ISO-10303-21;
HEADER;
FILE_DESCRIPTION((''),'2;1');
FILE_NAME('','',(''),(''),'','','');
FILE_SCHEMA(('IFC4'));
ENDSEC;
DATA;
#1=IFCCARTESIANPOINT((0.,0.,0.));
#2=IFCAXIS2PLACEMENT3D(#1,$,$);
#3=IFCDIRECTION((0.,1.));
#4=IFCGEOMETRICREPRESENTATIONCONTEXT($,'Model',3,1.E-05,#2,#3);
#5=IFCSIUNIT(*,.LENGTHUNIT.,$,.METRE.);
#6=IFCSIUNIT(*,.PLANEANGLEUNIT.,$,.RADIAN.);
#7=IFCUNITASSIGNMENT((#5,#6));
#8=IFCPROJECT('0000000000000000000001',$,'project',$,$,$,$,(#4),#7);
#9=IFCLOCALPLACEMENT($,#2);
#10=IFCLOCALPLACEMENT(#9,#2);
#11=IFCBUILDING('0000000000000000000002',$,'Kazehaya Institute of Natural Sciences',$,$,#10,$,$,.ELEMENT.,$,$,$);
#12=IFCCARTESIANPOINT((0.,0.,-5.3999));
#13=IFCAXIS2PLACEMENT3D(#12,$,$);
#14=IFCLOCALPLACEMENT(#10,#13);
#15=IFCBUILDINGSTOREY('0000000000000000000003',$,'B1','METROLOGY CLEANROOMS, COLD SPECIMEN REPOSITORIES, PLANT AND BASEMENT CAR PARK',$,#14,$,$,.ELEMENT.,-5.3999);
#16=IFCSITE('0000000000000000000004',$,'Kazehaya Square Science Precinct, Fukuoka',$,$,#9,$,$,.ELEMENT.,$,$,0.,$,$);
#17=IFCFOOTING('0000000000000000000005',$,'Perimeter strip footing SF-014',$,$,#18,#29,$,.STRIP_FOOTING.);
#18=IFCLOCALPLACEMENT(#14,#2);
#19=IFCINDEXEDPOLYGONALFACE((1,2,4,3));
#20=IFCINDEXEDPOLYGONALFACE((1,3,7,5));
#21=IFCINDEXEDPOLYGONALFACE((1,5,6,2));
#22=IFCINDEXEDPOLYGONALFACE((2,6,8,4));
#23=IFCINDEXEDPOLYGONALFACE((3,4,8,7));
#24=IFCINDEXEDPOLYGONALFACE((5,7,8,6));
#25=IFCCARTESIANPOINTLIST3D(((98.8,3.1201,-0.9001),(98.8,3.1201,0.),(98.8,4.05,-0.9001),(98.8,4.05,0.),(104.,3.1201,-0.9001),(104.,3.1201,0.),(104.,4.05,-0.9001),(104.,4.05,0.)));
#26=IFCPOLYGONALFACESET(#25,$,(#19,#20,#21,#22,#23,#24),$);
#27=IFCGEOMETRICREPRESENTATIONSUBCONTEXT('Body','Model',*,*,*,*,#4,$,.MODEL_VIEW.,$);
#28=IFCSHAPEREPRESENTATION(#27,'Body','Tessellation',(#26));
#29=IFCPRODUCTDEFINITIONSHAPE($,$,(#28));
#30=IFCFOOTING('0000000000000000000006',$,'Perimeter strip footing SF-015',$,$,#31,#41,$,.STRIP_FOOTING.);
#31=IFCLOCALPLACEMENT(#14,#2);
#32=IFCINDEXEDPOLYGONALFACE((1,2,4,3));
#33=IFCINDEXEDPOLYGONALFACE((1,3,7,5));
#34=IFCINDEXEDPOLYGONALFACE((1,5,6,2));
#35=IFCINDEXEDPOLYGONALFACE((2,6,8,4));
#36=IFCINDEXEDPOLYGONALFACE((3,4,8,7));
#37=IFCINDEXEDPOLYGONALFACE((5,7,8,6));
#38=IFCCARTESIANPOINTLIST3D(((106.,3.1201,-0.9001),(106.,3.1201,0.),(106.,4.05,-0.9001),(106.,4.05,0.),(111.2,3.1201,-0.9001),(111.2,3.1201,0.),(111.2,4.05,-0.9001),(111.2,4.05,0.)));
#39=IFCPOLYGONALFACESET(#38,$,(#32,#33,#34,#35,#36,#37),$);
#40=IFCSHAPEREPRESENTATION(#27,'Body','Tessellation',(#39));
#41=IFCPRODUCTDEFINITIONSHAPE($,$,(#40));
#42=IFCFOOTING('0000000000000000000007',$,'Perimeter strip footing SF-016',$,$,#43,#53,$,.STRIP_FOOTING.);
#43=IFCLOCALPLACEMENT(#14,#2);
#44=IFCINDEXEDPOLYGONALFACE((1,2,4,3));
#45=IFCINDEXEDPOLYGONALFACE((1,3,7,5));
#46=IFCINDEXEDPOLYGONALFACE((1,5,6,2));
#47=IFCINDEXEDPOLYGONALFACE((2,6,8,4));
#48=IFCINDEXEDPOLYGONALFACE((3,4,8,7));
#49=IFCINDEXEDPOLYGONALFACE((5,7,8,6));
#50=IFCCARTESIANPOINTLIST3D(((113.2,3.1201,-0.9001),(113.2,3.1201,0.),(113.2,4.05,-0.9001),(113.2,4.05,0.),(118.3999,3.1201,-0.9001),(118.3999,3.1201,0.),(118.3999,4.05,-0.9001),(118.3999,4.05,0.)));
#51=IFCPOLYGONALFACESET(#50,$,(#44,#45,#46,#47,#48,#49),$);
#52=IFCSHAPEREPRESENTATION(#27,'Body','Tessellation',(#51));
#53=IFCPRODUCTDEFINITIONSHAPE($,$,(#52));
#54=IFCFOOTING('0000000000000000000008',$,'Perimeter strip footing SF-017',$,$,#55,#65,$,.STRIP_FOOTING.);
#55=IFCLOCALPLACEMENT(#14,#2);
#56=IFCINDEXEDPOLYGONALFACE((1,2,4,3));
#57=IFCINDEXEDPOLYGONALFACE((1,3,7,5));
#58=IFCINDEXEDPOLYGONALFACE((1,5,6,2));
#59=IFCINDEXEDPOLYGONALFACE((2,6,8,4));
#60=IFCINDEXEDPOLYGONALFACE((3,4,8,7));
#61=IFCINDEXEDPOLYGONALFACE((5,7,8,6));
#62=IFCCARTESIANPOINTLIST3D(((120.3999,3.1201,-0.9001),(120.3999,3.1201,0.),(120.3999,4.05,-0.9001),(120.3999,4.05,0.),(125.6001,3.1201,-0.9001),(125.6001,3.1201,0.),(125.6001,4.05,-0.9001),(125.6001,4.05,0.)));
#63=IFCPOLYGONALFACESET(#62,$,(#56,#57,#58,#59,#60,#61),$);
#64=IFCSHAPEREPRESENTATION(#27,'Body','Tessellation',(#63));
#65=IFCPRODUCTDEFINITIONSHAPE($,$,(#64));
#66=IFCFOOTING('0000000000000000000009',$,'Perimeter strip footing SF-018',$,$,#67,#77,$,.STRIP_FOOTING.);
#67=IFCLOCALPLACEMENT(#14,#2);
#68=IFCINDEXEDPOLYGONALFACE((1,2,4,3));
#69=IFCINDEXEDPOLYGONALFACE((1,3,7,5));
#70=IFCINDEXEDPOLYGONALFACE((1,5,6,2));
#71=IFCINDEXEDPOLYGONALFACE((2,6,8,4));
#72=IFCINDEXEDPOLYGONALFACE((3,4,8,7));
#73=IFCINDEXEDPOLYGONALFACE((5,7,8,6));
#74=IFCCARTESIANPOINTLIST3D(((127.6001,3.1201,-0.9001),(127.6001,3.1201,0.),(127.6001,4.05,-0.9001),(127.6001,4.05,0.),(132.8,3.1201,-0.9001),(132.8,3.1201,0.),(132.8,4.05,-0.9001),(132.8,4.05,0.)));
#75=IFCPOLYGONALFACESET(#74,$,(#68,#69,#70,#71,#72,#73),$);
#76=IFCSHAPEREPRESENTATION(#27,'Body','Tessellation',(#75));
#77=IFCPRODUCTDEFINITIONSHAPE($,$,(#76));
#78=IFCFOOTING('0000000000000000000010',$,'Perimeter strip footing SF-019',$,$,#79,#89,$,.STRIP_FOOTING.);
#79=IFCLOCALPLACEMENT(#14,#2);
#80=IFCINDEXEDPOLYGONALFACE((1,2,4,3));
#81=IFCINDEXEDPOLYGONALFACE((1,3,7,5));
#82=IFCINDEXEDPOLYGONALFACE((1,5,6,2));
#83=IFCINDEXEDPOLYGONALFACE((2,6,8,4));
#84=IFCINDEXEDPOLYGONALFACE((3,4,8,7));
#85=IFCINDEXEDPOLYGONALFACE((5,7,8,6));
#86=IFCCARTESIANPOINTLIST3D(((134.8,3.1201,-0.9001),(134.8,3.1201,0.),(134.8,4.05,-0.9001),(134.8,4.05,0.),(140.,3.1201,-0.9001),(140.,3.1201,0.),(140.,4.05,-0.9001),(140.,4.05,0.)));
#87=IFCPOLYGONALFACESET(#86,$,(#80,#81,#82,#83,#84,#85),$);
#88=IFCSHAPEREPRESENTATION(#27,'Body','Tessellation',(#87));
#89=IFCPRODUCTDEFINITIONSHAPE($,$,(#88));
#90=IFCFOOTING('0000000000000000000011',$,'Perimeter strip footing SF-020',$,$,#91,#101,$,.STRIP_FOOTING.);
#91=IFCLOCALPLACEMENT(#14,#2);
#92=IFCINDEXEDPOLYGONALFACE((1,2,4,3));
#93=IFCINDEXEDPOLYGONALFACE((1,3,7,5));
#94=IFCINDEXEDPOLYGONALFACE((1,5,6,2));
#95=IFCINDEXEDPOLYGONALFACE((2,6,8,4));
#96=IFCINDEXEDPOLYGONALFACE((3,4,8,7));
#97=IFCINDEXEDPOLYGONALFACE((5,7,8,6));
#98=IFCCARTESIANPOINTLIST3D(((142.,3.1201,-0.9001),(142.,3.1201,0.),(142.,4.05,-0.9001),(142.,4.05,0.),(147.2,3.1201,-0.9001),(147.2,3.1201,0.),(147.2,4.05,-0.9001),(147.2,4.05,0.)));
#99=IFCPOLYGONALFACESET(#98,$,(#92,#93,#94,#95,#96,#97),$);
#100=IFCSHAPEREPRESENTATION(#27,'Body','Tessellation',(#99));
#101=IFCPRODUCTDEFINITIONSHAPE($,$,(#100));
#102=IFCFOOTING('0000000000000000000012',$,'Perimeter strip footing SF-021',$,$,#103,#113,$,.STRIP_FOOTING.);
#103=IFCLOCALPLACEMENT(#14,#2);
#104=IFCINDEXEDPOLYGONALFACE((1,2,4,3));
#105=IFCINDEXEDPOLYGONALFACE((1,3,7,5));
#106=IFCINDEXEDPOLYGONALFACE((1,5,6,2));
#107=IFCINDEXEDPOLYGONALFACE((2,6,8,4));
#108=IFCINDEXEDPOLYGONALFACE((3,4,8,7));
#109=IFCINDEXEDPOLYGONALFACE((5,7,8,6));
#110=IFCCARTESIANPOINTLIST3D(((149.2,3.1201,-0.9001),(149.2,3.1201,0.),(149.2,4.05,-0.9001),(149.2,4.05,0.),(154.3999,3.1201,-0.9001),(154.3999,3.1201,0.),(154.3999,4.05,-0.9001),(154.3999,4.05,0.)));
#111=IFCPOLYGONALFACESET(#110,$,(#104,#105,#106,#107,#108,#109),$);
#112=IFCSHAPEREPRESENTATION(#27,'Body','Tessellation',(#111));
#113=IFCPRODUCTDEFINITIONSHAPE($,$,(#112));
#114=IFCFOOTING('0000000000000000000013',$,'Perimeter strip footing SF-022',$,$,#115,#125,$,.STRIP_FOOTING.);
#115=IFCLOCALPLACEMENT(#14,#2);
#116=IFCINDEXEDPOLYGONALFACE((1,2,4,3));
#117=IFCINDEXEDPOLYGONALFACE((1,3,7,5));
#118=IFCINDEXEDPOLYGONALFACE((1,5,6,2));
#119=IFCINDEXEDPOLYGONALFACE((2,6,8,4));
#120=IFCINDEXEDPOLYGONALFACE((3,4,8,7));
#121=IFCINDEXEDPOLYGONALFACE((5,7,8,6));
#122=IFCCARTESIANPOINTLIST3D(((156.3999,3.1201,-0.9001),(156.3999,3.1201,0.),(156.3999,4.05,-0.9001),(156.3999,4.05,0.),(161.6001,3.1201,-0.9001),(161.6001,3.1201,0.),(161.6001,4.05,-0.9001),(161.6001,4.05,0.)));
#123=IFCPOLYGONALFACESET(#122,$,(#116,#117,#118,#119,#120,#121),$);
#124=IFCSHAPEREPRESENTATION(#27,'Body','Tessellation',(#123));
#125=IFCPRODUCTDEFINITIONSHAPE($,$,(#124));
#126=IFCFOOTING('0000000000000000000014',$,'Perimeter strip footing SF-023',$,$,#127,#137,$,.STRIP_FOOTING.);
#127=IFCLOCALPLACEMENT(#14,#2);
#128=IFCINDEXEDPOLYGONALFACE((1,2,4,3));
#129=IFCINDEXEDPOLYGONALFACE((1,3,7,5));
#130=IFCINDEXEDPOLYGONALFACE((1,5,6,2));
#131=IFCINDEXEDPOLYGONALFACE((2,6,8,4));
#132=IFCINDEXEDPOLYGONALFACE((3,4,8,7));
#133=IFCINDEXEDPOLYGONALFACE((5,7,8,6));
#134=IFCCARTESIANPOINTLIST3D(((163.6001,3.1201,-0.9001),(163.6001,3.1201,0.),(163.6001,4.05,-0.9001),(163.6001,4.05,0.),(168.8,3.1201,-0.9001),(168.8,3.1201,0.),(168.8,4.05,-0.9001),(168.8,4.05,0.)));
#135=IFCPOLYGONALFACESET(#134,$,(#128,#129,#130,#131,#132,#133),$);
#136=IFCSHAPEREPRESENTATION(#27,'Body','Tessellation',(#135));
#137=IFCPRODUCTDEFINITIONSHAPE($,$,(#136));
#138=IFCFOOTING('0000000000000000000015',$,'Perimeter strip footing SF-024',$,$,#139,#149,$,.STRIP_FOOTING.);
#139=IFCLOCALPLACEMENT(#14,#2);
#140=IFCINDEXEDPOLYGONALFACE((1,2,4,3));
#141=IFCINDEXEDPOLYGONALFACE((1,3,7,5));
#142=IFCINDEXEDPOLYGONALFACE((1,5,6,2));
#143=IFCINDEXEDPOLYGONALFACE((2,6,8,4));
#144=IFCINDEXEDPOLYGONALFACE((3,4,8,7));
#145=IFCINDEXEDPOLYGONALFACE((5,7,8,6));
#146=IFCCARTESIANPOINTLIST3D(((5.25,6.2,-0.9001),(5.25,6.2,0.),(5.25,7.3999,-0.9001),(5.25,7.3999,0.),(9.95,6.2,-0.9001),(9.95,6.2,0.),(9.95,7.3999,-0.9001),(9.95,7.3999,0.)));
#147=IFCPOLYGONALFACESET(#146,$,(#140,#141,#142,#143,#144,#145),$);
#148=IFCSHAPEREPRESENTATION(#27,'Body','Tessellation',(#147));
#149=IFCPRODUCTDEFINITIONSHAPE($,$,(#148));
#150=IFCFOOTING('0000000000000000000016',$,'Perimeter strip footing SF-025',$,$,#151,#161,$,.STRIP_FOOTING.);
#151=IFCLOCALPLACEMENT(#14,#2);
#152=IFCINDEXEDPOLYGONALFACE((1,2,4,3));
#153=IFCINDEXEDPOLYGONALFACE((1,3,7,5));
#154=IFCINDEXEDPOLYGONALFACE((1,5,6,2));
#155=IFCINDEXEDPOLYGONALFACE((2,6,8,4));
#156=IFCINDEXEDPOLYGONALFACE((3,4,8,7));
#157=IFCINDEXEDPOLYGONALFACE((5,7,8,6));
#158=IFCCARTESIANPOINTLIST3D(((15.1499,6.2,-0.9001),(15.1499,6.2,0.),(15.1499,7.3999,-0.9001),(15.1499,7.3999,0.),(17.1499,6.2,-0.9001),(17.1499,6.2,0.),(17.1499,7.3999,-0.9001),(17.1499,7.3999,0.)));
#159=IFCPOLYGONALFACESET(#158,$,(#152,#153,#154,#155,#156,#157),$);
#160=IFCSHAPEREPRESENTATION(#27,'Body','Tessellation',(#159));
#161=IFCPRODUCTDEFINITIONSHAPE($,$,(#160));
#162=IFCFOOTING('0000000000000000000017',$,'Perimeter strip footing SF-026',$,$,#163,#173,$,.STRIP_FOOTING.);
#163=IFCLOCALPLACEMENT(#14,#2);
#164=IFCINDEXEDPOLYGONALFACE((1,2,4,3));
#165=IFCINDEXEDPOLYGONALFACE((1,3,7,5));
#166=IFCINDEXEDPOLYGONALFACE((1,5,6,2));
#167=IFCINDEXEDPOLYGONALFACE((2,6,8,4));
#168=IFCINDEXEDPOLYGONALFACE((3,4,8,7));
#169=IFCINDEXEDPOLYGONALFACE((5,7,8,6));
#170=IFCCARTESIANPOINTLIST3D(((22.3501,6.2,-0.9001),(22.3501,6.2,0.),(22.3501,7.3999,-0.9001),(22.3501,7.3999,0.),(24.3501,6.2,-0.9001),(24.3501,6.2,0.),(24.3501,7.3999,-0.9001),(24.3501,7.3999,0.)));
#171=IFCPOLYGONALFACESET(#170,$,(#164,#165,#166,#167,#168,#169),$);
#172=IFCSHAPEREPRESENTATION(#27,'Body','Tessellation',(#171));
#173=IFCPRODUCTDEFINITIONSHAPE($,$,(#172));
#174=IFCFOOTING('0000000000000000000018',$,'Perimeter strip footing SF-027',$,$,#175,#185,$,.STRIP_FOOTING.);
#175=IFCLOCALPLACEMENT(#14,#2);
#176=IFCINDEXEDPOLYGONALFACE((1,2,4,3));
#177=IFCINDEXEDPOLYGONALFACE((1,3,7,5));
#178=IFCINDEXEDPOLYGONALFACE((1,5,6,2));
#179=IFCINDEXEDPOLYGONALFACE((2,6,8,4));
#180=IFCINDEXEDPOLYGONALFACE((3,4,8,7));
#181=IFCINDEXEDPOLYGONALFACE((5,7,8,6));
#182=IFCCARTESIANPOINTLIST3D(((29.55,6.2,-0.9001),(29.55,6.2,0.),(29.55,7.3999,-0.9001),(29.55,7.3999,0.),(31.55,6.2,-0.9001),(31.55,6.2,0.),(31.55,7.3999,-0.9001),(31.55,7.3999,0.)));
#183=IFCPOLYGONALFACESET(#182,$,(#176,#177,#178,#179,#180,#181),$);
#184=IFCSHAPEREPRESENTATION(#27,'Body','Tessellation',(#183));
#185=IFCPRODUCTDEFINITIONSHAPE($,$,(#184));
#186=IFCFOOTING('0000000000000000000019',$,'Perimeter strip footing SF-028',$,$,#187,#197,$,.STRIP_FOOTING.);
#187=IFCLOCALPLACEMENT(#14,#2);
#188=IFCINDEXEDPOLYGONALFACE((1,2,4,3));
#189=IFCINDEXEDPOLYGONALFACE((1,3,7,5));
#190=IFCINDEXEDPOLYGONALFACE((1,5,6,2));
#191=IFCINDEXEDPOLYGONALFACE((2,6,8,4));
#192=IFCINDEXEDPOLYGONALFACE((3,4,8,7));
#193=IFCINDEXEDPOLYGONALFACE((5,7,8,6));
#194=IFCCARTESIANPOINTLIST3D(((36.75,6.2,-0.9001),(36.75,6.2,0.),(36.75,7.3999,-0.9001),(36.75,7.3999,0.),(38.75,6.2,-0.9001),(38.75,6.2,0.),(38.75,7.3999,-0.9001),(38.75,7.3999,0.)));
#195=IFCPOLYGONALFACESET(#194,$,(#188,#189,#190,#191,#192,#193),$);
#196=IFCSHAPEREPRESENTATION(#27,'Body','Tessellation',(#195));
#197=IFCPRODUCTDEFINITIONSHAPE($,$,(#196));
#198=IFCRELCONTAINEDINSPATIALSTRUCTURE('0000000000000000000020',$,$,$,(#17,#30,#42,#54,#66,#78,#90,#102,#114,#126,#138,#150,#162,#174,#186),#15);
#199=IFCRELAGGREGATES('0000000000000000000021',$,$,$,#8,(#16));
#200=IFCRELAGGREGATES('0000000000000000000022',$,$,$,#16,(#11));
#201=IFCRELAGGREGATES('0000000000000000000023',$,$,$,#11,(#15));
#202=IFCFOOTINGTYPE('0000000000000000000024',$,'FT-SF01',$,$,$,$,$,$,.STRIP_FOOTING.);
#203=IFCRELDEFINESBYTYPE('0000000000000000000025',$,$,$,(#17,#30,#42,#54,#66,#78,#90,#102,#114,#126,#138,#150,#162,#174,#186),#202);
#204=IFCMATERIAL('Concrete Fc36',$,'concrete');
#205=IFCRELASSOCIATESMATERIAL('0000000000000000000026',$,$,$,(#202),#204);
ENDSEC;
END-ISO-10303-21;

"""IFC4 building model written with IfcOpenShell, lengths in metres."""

from ifc_helpers import new_model, si_unit, direction, frame, origin, place, context, subcontext, project, spatial, polyline, outline, extrude, material, type_object, element, save


model = new_model("IFC4")

# Units and contexts
model_context = context("Model", 3, precision=1e-05, world=origin(), true_north=direction((0.0, 1.0)))
body_context = subcontext(model_context, "Body", "Model", "MODEL_VIEW")
ifc_project = project(units=[si_unit("LENGTHUNIT", "METRE"), si_unit("PLANEANGLEUNIT", "RADIAN")], contexts=[model_context])

# Site, building, storey
site_placement = place(None, origin())
site = spatial("IfcSite", under=ifc_project, at=site_placement, Name="Kazehaya Square Science Precinct, Fukuoka", CompositionType="ELEMENT", RefElevation=0.0)
building_placement = place(site_placement, origin())
building = spatial("IfcBuilding", under=site, at=building_placement, Name="Kazehaya Institute of Natural Sciences", CompositionType="ELEMENT")
storey_placement = place(building_placement, frame((0.0, 0.0, -5.3999)))
storey = spatial("IfcBuildingStorey", under=building, at=storey_placement, Name="B1", Description="METROLOGY CLEANROOMS, COLD SPECIMEN REPOSITORIES, PLANT AND BASEMENT CAR PARK", CompositionType="ELEMENT", Elevation=-5.3999)

# Footings
ifc_material = material(Name="Concrete Fc36", Category="concrete")
footing_type = type_object("IfcFootingType", Name="FT-SF01", PredefinedType="STRIP_FOOTING", material=ifc_material)
footing_1_placement = place(storey_placement, frame((0.0, 0.0, -0.9001)))
element("IfcFooting", 1, at=footing_1_placement, inside=storey, type_object=footing_type, Name="Perimeter strip footing SF-014", PredefinedType="STRIP_FOOTING", context=body_context, shape_type="SweptSolid", body=[
    extrude(outline(polyline([(98.8, 3.1201), (104.0, 3.1201), (104.0, 4.05), (98.8, 4.05), (98.8, 3.1201)])), origin(), (0.0, 0.0, 1.0), 0.9001),
])
footing_2_placement = place(storey_placement, frame((0.0, 0.0, -0.9001)))
element("IfcFooting", 2, at=footing_2_placement, inside=storey, type_object=footing_type, Name="Perimeter strip footing SF-015", PredefinedType="STRIP_FOOTING", context=body_context, shape_type="SweptSolid", body=[
    extrude(outline(polyline([(106.0, 3.1201), (111.2, 3.1201), (111.2, 4.05), (106.0, 4.05), (106.0, 3.1201)])), origin(), (0.0, 0.0, 1.0), 0.9001),
])
footing_3_placement = place(storey_placement, frame((0.0, 0.0, -0.9001)))
element("IfcFooting", 3, at=footing_3_placement, inside=storey, type_object=footing_type, Name="Perimeter strip footing SF-016", PredefinedType="STRIP_FOOTING", context=body_context, shape_type="SweptSolid", body=[
    extrude(outline(polyline([(113.2, 3.1201), (118.3999, 3.1201), (118.3999, 4.05), (113.2, 4.05), (113.2, 3.1201)])), origin(), (0.0, 0.0, 1.0), 0.9001),
])
footing_4_placement = place(storey_placement, frame((0.0, 0.0, -0.9001)))
element("IfcFooting", 4, at=footing_4_placement, inside=storey, type_object=footing_type, Name="Perimeter strip footing SF-017", PredefinedType="STRIP_FOOTING", context=body_context, shape_type="SweptSolid", body=[
    extrude(outline(polyline([(120.3999, 3.1201), (125.6001, 3.1201), (125.6001, 4.05), (120.3999, 4.05), (120.3999, 3.1201)])), origin(), (0.0, 0.0, 1.0), 0.9001),
])
footing_5_placement = place(storey_placement, frame((0.0, 0.0, -0.9001)))
element("IfcFooting", 5, at=footing_5_placement, inside=storey, type_object=footing_type, Name="Perimeter strip footing SF-018", PredefinedType="STRIP_FOOTING", context=body_context, shape_type="SweptSolid", body=[
    extrude(outline(polyline([(127.6001, 3.1201), (132.8, 3.1201), (132.8, 4.05), (127.6001, 4.05), (127.6001, 3.1201)])), origin(), (0.0, 0.0, 1.0), 0.9001),
])
footing_6_placement = place(storey_placement, frame((0.0, 0.0, -0.9001)))
element("IfcFooting", 6, at=footing_6_placement, inside=storey, type_object=footing_type, Name="Perimeter strip footing SF-019", PredefinedType="STRIP_FOOTING", context=body_context, shape_type="SweptSolid", body=[
    extrude(outline(polyline([(134.8, 3.1201), (140.0, 3.1201), (140.0, 4.05), (134.8, 4.05), (134.8, 3.1201)])), origin(), (0.0, 0.0, 1.0), 0.9001),
])
footing_7_placement = place(storey_placement, frame((0.0, 0.0, -0.9001)))
element("IfcFooting", 7, at=footing_7_placement, inside=storey, type_object=footing_type, Name="Perimeter strip footing SF-020", PredefinedType="STRIP_FOOTING", context=body_context, shape_type="SweptSolid", body=[
    extrude(outline(polyline([(142.0, 3.1201), (147.2, 3.1201), (147.2, 4.05), (142.0, 4.05), (142.0, 3.1201)])), origin(), (0.0, 0.0, 1.0), 0.9001),
])
footing_8_placement = place(storey_placement, frame((0.0, 0.0, -0.9001)))
element("IfcFooting", 8, at=footing_8_placement, inside=storey, type_object=footing_type, Name="Perimeter strip footing SF-021", PredefinedType="STRIP_FOOTING", context=body_context, shape_type="SweptSolid", body=[
    extrude(outline(polyline([(149.2, 3.1201), (154.3999, 3.1201), (154.3999, 4.05), (149.2, 4.05), (149.2, 3.1201)])), origin(), (0.0, 0.0, 1.0), 0.9001),
])
footing_9_placement = place(storey_placement, frame((0.0, 0.0, -0.9001)))
element("IfcFooting", 9, at=footing_9_placement, inside=storey, type_object=footing_type, Name="Perimeter strip footing SF-022", PredefinedType="STRIP_FOOTING", context=body_context, shape_type="SweptSolid", body=[
    extrude(outline(polyline([(156.3999, 3.1201), (161.6001, 3.1201), (161.6001, 4.05), (156.3999, 4.05), (156.3999, 3.1201)])), origin(), (0.0, 0.0, 1.0), 0.9001),
])
footing_10_placement = place(storey_placement, frame((0.0, 0.0, -0.9001)))
element("IfcFooting", 10, at=footing_10_placement, inside=storey, type_object=footing_type, Name="Perimeter strip footing SF-023", PredefinedType="STRIP_FOOTING", context=body_context, shape_type="SweptSolid", body=[
    extrude(outline(polyline([(163.6001, 3.1201), (168.8, 3.1201), (168.8, 4.05), (163.6001, 4.05), (163.6001, 3.1201)])), origin(), (0.0, 0.0, 1.0), 0.9001),
])
footing_11_placement = place(storey_placement, frame((0.0, 0.0, -0.9001)))
element("IfcFooting", 11, at=footing_11_placement, inside=storey, type_object=footing_type, Name="Perimeter strip footing SF-024", PredefinedType="STRIP_FOOTING", context=body_context, shape_type="SweptSolid", body=[
    extrude(outline(polyline([(5.25, 6.2), (9.95, 6.2), (9.95, 7.3999), (5.25, 7.3999), (5.25, 6.2)])), origin(), (0.0, 0.0, 1.0), 0.9001),
])
footing_12_placement = place(storey_placement, frame((0.0, 0.0, -0.9001)))
element("IfcFooting", 12, at=footing_12_placement, inside=storey, type_object=footing_type, Name="Perimeter strip footing SF-025", PredefinedType="STRIP_FOOTING", context=body_context, shape_type="SweptSolid", body=[
    extrude(outline(polyline([(15.1499, 6.2), (17.1499, 6.2), (17.1499, 7.3999), (15.1499, 7.3999), (15.1499, 6.2)])), origin(), (0.0, 0.0, 1.0), 0.9001),
])
footing_13_placement = place(storey_placement, frame((0.0, 0.0, -0.9001)))
element("IfcFooting", 13, at=footing_13_placement, inside=storey, type_object=footing_type, Name="Perimeter strip footing SF-026", PredefinedType="STRIP_FOOTING", context=body_context, shape_type="SweptSolid", body=[
    extrude(outline(polyline([(22.3501, 6.2), (24.3501, 6.2), (24.3501, 7.3999), (22.3501, 7.3999), (22.3501, 6.2)])), origin(), (0.0, 0.0, 1.0), 0.9001),
])
footing_14_placement = place(storey_placement, frame((0.0, 0.0, -0.9001)))
element("IfcFooting", 14, at=footing_14_placement, inside=storey, type_object=footing_type, Name="Perimeter strip footing SF-027", PredefinedType="STRIP_FOOTING", context=body_context, shape_type="SweptSolid", body=[
    extrude(outline(polyline([(29.55, 6.2), (31.55, 6.2), (31.55, 7.3999), (29.55, 7.3999), (29.55, 6.2)])), origin(), (0.0, 0.0, 1.0), 0.9001),
])
footing_15_placement = place(storey_placement, frame((0.0, 0.0, -0.9001)))
element("IfcFooting", 15, at=footing_15_placement, inside=storey, type_object=footing_type, Name="Perimeter strip footing SF-028", PredefinedType="STRIP_FOOTING", context=body_context, shape_type="SweptSolid", body=[
    extrude(outline(polyline([(36.75, 6.2), (38.75, 6.2), (38.75, 7.3999), (36.75, 7.3999), (36.75, 6.2)])), origin(), (0.0, 0.0, 1.0), 0.9001),
])

save(model, "model.ifc")
